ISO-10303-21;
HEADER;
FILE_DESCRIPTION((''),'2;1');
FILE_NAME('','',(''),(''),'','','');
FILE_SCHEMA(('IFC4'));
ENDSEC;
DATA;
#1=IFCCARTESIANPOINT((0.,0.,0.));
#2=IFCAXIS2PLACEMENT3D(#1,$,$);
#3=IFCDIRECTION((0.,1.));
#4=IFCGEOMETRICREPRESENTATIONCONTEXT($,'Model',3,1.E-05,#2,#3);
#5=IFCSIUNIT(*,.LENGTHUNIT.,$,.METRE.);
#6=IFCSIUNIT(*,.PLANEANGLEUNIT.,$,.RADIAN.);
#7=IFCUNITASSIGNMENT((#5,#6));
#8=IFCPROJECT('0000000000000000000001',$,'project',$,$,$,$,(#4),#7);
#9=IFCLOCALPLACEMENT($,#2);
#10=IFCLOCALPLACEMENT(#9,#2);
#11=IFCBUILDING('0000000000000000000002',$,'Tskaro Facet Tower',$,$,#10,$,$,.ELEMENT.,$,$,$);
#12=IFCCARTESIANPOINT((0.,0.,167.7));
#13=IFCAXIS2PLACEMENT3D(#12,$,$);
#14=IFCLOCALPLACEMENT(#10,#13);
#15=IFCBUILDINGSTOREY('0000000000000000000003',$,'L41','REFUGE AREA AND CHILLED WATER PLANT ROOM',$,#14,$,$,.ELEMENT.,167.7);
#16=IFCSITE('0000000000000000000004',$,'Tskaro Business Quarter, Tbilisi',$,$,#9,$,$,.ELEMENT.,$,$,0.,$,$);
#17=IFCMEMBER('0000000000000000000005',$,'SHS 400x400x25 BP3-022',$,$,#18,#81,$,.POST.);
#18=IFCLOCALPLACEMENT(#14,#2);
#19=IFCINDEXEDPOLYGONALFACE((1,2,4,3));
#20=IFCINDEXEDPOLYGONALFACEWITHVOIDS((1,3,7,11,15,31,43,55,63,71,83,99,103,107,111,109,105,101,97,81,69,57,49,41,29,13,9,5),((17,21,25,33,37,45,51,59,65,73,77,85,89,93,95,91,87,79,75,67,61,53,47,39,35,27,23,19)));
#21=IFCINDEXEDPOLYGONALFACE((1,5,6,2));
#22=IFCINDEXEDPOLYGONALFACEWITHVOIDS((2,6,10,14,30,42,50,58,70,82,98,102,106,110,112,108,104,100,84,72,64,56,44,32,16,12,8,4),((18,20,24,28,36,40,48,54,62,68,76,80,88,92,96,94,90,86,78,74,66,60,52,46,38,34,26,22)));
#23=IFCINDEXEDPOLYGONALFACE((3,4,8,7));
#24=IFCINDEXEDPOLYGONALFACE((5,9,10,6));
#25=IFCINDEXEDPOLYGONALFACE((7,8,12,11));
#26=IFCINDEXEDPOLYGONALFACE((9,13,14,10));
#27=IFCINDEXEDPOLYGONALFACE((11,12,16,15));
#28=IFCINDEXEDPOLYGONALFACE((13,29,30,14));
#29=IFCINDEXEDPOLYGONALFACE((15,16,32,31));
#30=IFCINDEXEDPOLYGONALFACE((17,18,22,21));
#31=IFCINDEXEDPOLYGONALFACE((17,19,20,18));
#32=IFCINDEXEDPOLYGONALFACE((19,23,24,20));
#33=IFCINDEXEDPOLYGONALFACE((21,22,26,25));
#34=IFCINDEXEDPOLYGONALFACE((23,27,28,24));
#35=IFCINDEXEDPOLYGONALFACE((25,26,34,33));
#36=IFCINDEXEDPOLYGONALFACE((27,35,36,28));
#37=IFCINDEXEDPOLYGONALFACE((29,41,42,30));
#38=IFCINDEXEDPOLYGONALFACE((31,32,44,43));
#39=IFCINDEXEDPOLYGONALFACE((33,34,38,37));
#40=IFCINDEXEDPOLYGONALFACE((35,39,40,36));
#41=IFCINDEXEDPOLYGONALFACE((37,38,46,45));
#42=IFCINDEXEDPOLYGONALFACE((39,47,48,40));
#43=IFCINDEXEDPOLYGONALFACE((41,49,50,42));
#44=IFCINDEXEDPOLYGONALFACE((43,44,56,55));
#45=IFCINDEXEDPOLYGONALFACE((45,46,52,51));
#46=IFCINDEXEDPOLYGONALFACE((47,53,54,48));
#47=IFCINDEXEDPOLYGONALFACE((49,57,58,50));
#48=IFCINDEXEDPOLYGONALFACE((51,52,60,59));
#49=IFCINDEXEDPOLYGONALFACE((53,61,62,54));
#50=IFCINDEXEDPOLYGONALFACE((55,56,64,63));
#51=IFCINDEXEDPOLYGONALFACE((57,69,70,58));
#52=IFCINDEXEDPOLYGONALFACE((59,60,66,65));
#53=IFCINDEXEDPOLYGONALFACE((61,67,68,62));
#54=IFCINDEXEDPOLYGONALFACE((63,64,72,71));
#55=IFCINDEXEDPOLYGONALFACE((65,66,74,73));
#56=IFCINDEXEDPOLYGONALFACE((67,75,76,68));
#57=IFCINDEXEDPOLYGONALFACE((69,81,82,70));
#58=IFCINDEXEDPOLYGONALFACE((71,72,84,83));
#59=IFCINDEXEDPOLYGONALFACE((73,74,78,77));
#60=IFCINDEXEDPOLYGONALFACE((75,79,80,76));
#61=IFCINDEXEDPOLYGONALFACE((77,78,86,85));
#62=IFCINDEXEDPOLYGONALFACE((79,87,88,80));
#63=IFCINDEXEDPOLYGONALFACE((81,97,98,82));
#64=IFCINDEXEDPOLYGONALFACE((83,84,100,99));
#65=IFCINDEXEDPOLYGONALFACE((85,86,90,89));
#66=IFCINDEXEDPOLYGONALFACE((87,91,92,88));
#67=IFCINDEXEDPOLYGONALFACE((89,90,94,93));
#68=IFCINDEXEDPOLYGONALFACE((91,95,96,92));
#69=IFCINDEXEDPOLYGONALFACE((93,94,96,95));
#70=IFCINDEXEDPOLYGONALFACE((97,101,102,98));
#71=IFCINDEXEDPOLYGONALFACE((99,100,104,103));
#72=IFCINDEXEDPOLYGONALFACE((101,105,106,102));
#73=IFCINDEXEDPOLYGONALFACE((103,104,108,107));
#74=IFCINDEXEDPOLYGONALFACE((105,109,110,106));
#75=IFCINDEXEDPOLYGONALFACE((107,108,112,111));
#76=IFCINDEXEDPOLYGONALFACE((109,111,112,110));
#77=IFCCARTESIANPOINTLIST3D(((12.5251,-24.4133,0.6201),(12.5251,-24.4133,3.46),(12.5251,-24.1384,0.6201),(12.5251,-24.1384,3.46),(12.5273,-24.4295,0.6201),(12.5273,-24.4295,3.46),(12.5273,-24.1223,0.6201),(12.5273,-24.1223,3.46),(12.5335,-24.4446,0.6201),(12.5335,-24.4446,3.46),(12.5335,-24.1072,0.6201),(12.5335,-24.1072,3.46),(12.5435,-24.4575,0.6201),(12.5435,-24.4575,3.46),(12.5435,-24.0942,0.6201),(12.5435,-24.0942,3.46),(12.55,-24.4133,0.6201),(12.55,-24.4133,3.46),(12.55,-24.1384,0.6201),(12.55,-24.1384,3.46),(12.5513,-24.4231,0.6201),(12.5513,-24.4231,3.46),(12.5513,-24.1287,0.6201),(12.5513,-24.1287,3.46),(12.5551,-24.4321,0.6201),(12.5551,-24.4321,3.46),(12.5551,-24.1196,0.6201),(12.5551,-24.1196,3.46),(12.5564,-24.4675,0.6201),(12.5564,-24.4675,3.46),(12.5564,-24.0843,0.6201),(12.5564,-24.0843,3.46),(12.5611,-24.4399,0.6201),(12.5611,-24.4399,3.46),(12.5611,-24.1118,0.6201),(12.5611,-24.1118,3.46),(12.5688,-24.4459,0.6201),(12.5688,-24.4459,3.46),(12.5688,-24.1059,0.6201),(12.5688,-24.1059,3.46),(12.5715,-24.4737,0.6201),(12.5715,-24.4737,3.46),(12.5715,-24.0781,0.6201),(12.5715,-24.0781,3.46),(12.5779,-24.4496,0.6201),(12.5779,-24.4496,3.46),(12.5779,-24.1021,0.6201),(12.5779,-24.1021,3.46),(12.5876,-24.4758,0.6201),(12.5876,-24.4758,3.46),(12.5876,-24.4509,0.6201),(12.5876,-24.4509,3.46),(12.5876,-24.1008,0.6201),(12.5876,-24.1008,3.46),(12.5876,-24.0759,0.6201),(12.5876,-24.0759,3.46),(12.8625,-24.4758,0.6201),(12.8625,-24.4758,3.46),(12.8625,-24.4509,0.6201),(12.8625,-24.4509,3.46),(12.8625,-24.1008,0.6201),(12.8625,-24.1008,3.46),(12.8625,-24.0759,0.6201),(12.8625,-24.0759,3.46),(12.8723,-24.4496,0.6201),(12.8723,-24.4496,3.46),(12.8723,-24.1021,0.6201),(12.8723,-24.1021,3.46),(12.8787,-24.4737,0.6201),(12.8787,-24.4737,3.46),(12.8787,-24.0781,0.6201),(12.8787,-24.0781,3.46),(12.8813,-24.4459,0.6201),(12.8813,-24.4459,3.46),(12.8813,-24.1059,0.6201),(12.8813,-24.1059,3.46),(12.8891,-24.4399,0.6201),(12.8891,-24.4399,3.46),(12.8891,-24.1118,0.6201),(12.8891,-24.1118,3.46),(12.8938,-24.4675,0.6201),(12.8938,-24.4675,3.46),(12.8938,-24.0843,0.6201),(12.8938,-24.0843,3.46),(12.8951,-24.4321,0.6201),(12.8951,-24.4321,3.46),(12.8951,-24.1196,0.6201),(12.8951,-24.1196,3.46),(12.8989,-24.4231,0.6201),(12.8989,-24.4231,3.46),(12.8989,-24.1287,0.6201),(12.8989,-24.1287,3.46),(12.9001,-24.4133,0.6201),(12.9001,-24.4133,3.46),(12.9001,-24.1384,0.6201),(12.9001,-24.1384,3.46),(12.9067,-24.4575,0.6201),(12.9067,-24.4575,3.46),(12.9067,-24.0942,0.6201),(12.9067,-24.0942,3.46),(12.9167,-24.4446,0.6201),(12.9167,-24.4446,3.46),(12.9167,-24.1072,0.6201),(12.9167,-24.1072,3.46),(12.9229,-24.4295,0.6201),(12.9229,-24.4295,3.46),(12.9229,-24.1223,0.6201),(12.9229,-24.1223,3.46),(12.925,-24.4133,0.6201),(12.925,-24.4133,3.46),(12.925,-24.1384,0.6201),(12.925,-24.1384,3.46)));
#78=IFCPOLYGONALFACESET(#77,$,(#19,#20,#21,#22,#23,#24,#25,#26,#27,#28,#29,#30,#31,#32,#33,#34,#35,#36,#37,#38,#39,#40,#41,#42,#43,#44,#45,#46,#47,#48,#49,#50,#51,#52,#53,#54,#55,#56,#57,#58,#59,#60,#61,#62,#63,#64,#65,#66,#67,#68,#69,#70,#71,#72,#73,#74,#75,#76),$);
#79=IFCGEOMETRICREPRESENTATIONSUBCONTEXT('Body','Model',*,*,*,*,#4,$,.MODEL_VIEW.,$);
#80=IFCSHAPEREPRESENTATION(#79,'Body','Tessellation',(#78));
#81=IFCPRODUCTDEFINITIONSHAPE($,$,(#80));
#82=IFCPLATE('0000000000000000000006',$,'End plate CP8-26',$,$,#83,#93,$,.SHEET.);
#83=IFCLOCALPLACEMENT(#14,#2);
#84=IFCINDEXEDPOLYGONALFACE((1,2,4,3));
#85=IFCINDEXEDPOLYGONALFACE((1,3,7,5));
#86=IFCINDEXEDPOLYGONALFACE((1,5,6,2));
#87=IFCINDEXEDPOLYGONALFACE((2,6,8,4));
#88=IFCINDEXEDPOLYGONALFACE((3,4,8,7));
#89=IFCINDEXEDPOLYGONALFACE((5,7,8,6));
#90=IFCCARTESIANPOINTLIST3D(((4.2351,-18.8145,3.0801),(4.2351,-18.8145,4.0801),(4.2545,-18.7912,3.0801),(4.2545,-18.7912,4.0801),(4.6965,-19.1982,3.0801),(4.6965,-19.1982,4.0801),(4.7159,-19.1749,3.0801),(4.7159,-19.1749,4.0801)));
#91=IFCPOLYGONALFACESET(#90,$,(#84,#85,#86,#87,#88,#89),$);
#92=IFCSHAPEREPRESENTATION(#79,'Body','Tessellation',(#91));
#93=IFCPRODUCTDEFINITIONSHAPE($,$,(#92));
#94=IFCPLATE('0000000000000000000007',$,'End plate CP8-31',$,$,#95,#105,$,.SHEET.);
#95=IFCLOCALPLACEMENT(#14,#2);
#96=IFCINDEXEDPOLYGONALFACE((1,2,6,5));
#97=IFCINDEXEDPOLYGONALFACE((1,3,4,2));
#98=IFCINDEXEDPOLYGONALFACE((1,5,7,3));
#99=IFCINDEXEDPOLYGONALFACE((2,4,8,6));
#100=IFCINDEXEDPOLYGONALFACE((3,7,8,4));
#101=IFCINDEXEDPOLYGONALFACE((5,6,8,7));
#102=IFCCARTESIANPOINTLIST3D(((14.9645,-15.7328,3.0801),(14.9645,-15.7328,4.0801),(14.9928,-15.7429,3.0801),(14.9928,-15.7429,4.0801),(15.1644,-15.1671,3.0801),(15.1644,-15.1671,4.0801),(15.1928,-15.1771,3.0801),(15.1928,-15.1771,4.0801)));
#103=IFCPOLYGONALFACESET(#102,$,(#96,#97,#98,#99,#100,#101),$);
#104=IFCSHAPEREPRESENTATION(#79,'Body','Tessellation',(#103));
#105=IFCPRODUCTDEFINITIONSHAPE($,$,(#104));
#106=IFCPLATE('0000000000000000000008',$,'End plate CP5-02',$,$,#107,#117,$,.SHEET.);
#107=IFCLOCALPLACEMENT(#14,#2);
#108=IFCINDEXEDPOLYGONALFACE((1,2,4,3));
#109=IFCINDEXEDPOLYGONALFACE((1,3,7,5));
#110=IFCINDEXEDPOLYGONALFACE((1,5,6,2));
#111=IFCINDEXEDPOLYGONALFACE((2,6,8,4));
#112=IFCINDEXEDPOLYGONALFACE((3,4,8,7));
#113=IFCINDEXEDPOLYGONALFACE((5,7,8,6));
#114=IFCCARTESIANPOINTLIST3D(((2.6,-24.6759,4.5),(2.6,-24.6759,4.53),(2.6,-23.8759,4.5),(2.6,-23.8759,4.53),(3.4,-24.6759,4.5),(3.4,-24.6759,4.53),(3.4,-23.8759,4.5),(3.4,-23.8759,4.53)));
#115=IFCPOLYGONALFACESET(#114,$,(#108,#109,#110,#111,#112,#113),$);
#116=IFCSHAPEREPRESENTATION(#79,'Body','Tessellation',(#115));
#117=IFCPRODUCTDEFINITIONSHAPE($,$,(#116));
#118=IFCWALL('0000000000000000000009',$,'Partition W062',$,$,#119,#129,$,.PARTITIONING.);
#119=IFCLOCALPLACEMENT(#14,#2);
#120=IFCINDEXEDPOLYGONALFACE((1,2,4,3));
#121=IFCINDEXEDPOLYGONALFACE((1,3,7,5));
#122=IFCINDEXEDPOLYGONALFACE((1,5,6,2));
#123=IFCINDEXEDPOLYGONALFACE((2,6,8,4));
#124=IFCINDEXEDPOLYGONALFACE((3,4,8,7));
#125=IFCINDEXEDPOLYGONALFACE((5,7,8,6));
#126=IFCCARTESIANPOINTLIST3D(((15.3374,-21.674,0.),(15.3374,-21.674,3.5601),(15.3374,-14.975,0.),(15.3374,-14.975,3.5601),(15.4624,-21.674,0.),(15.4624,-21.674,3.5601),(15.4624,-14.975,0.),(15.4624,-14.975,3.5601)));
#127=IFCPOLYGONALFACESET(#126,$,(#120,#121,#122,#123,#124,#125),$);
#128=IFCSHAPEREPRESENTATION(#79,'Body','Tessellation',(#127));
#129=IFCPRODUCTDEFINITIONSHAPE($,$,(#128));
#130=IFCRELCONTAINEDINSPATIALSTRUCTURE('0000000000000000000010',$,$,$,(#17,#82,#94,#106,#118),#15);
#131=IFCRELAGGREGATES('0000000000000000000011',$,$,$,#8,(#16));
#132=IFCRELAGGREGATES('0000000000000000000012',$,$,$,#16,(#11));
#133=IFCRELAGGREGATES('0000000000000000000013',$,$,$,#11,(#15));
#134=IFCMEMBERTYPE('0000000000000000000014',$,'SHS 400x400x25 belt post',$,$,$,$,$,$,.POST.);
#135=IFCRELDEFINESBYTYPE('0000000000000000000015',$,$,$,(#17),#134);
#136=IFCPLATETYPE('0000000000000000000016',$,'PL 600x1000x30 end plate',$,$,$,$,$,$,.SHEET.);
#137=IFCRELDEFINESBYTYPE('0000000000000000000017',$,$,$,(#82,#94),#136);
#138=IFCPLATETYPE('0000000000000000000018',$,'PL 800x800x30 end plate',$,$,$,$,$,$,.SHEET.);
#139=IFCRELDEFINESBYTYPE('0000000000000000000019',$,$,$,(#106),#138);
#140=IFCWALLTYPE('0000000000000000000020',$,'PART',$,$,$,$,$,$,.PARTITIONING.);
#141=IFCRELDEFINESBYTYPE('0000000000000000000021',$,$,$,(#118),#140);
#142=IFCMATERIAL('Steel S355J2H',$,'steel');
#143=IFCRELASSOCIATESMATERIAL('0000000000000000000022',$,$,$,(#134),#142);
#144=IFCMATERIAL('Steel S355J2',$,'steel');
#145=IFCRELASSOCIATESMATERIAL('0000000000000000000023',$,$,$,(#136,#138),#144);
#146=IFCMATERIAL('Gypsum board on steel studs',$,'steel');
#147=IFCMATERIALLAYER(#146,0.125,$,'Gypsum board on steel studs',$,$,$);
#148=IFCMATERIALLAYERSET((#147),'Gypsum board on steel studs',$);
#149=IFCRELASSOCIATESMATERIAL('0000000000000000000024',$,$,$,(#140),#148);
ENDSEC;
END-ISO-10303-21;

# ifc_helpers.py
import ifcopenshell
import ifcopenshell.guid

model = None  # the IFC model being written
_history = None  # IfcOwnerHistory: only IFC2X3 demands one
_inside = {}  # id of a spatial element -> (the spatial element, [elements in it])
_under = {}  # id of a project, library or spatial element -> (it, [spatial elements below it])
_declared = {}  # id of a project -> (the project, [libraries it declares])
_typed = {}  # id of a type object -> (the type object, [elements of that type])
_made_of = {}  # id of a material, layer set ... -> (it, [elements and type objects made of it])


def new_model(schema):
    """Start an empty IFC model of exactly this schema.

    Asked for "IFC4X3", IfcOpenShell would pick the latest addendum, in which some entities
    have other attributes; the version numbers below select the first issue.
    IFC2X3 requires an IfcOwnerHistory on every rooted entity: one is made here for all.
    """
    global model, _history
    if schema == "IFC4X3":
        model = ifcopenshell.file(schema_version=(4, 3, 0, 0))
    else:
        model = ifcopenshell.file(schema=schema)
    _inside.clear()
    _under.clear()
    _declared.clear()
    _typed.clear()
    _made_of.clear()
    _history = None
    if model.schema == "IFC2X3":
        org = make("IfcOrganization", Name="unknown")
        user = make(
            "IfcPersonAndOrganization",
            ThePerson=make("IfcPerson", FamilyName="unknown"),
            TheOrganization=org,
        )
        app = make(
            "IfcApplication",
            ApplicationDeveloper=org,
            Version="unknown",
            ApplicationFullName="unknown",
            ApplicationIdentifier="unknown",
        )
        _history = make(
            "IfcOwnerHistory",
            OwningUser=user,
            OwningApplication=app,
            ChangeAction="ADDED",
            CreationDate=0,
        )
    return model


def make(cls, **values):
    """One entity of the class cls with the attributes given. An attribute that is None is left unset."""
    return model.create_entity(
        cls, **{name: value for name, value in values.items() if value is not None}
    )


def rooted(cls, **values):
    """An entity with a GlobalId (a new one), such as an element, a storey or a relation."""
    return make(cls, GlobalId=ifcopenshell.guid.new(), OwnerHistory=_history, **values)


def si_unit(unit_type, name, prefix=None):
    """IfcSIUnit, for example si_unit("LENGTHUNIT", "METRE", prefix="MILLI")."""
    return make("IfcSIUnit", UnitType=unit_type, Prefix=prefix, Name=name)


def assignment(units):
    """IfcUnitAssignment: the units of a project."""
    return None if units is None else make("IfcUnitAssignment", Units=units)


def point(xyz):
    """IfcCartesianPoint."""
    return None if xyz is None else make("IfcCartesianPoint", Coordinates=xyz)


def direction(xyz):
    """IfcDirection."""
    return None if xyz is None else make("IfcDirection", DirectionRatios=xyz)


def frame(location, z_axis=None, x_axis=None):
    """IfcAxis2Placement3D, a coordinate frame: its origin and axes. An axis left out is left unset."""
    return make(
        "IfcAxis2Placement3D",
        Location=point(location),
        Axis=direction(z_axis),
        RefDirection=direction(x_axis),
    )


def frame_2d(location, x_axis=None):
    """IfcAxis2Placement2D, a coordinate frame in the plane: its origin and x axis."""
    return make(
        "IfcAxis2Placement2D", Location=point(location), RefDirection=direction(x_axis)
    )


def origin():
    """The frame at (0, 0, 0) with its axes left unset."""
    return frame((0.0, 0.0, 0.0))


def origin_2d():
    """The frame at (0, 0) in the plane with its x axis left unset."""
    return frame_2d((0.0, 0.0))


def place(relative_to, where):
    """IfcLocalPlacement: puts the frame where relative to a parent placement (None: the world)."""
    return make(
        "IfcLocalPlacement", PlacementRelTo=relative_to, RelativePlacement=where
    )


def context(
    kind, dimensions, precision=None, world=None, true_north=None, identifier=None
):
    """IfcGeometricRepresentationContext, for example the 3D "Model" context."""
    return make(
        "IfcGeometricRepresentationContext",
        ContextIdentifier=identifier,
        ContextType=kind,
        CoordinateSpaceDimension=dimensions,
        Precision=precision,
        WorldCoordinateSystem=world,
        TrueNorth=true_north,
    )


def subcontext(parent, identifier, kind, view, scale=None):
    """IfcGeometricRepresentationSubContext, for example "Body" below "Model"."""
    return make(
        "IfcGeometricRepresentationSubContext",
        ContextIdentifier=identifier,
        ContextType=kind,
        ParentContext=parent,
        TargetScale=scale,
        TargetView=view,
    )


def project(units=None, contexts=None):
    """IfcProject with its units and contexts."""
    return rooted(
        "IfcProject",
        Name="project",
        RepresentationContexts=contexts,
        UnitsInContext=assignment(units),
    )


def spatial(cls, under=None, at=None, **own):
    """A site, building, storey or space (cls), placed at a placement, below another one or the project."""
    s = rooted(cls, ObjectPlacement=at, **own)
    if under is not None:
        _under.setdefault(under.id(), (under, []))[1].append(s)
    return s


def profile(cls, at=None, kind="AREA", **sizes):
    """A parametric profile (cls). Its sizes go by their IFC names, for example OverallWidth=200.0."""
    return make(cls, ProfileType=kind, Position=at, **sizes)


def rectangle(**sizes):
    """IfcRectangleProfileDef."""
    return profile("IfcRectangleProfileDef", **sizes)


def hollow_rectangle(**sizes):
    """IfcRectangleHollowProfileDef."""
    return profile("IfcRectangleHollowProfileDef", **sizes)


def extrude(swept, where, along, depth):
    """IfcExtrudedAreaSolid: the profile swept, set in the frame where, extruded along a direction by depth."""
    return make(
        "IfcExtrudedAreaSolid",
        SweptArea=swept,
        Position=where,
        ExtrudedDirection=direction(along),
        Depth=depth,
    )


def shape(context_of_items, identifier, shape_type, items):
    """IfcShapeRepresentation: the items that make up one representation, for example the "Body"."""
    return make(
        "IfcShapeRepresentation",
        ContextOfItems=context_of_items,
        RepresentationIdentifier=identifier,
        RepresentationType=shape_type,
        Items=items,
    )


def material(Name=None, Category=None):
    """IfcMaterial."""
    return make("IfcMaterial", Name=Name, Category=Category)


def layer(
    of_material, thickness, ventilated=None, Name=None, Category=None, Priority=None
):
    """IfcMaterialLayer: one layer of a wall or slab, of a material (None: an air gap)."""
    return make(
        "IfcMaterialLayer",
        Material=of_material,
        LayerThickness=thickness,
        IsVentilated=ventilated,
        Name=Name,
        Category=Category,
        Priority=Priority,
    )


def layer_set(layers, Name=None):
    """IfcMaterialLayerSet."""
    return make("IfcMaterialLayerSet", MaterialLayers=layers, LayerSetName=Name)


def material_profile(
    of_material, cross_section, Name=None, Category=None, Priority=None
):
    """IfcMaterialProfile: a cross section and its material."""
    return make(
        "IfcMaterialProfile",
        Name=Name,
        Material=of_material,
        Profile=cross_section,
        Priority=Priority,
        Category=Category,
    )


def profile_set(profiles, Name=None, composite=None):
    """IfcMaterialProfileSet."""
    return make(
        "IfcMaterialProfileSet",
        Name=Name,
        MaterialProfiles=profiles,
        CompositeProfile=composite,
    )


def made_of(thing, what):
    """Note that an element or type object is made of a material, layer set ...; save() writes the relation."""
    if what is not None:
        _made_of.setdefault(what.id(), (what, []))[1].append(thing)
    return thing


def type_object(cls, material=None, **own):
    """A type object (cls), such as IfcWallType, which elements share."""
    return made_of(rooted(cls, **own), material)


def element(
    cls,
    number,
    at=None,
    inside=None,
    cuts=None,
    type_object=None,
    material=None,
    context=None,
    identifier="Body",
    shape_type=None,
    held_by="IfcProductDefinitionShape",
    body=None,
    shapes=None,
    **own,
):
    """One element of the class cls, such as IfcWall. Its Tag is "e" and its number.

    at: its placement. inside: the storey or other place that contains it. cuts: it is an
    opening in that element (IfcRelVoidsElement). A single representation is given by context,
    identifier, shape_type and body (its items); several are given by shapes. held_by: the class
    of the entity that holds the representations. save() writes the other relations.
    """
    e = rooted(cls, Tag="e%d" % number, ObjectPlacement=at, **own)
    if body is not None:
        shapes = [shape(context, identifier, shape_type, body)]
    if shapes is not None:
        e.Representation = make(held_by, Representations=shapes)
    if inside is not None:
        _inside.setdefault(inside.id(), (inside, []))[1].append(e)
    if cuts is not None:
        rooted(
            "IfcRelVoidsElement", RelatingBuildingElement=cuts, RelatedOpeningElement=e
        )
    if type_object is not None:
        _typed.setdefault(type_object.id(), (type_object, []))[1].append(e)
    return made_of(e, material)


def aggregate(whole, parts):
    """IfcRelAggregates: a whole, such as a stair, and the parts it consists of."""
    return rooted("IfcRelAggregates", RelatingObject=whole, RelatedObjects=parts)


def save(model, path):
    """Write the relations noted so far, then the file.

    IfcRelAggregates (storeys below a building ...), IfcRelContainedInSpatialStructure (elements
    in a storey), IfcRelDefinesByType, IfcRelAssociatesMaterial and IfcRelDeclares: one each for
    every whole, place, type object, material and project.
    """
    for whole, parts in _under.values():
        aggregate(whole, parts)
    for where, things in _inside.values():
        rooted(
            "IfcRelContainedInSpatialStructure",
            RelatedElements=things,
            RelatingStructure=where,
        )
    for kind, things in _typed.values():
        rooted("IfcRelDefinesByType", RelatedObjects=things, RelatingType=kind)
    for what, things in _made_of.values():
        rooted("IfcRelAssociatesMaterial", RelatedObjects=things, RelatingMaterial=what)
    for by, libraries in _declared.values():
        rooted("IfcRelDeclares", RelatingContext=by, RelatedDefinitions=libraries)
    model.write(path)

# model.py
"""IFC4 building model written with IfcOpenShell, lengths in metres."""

from ifc_helpers import new_model, si_unit, direction, frame, frame_2d, origin, origin_2d, place, context, subcontext, project, spatial, rectangle, hollow_rectangle, extrude, material, layer, layer_set, material_profile, profile_set, type_object, element, save


model = new_model("IFC4")

# Units and contexts
model_context = context("Model", 3, precision=1e-05, world=origin(), true_north=direction((0.0, 1.0)))
body_context = subcontext(model_context, "Body", "Model", "MODEL_VIEW")
ifc_project = project(units=[si_unit("LENGTHUNIT", "METRE"), si_unit("PLANEANGLEUNIT", "RADIAN")], contexts=[model_context])

# Site, building, storey
site_placement = place(None, origin())
site = spatial("IfcSite", under=ifc_project, at=site_placement, Name="Tskaro Business Quarter, Tbilisi", CompositionType="ELEMENT", RefElevation=0.0)
building_placement = place(site_placement, origin())
building = spatial("IfcBuilding", under=site, at=building_placement, Name="Tskaro Facet Tower", CompositionType="ELEMENT")
storey_placement = place(building_placement, frame((0.0, 0.0, 167.7)))
storey = spatial("IfcBuildingStorey", under=building, at=storey_placement, Name="L41", Description="REFUGE AREA AND CHILLED WATER PLANT ROOM", CompositionType="ELEMENT", Elevation=167.7)

# Shared definitions
ifc_material_1 = material(Name="Steel S355J2H", Category="steel")

# Shared definitions
ifc_material_2 = material(Name="Steel S355J2", Category="steel")

# Member
ifc_material_profile_1 = material_profile(ifc_material_1, hollow_rectangle(XDim=0.3999, YDim=0.3999, WallThickness=0.0249, InnerFilletRadius=0.0376, OuterFilletRadius=0.0625, at=origin_2d()), Name="SHS 400x400x25")
ifc_profile_set_1 = profile_set([ifc_material_profile_1], Name="Steel S355J2H")
member_type_1 = type_object("IfcMemberType", Name="SHS 400x400x25 belt post", PredefinedType="POST", material=ifc_profile_set_1)
for number, where, z_axis, x_axis, name in (
    (1, (12.7251, -24.2759, 0.6201), (0.0, 0.0, 1.0), (1.0, 0.0, 0.0), "SHS 400x400x25 BP3-022"),
):
    element("IfcMember", number, at=place(storey_placement, frame(where, z_axis=z_axis, x_axis=x_axis)), inside=storey, type_object=member_type_1, Name=name, PredefinedType="POST", context=body_context, shape_type="SweptSolid", body=[
        extrude(hollow_rectangle(XDim=0.3999, YDim=0.3999, WallThickness=0.0249, InnerFilletRadius=0.0376, OuterFilletRadius=0.0625, at=origin_2d()), origin(), (0.0, 0.0, 1.0), 2.8398),
    ])

# Plates
ifc_material_profile_2 = material_profile(ifc_material_2, rectangle(XDim=0.6001, YDim=1.0, at=origin_2d()), Name="PL 600x1000x30 end plate")
ifc_profile_set_2 = profile_set([ifc_material_profile_2], Name="Steel S355J2")
plate_type_1 = type_object("IfcPlateType", Name="PL 600x1000x30 end plate", PredefinedType="SHEET", material=ifc_profile_set_2)
plate_1_placement = place(storey_placement, frame((4.4658, -19.0063, 3.5801), z_axis=(0.639388, 0.768884, 0.0), x_axis=(-0.768884, 0.639388, 0.0)))
element("IfcPlate", 2, at=plate_1_placement, inside=storey, type_object=plate_type_1, Name="End plate CP8-26", PredefinedType="SHEET", context=body_context, shape_type="SweptSolid", body=[
    extrude(rectangle(XDim=0.6001, YDim=1.0, at=origin_2d()), origin(), (0.0, 0.0, 1.0), 0.0303),
])
plate_2_placement = place(storey_placement, frame((15.0645, -15.45, 3.5801), z_axis=(0.94284, -0.333245, 0.0), x_axis=(0.333245, 0.94284, 0.0)))
element("IfcPlate", 3, at=plate_2_placement, inside=storey, type_object=plate_type_1, Name="End plate CP8-31", PredefinedType="SHEET", context=body_context, shape_type="SweptSolid", body=[
    extrude(rectangle(XDim=0.6001, YDim=1.0, at=origin_2d()), origin(), (0.0, 0.0, 1.0), 0.03),
])
ifc_material_profile_3 = material_profile(ifc_material_2, rectangle(XDim=0.8, YDim=0.8, at=origin_2d()), Name="PL 800x800x30 end plate")
ifc_profile_set_3 = profile_set([ifc_material_profile_3], Name="Steel S355J2")
plate_type_2 = type_object("IfcPlateType", Name="PL 800x800x30 end plate", PredefinedType="SHEET", material=ifc_profile_set_3)
plate_3_placement = place(storey_placement, frame((3.0, -24.2759, 4.5), z_axis=(0.0, 0.0, 1.0), x_axis=(1.0, 0.0, 0.0)))
element("IfcPlate", 4, at=plate_3_placement, inside=storey, type_object=plate_type_2, Name="End plate CP5-02", PredefinedType="SHEET", context=body_context, shape_type="SweptSolid", body=[
    extrude(rectangle(XDim=0.8, YDim=0.8, at=origin_2d()), origin(), (0.0, 0.0, 1.0), 0.03),
])

# Wall
ifc_material_3 = material(Name="Gypsum board on steel studs", Category="steel")
ifc_layer = layer(ifc_material_3, 0.125, Name="Gypsum board on steel studs")
ifc_layer_set = layer_set([ifc_layer], Name="Gypsum board on steel studs")
wall_type = type_object("IfcWallType", Name="PART", PredefinedType="PARTITIONING", material=ifc_layer_set)
wall_placement = place(storey_placement, frame((15.3999, -21.6741, 0.0), z_axis=(0.0, 0.0, 1.0), x_axis=(0.0, 1.0, 0.0)))
element("IfcWall", 5, at=wall_placement, inside=storey, type_object=wall_type, Name="Partition W062", PredefinedType="PARTITIONING", context=body_context, shape_type="SweptSolid", body=[
    extrude(rectangle(XDim=6.699, YDim=0.125, at=frame_2d((3.3496, 0.0))), origin(), (0.0, 0.0, 1.0), 3.5601),
])

save(model, "model.ifc")
